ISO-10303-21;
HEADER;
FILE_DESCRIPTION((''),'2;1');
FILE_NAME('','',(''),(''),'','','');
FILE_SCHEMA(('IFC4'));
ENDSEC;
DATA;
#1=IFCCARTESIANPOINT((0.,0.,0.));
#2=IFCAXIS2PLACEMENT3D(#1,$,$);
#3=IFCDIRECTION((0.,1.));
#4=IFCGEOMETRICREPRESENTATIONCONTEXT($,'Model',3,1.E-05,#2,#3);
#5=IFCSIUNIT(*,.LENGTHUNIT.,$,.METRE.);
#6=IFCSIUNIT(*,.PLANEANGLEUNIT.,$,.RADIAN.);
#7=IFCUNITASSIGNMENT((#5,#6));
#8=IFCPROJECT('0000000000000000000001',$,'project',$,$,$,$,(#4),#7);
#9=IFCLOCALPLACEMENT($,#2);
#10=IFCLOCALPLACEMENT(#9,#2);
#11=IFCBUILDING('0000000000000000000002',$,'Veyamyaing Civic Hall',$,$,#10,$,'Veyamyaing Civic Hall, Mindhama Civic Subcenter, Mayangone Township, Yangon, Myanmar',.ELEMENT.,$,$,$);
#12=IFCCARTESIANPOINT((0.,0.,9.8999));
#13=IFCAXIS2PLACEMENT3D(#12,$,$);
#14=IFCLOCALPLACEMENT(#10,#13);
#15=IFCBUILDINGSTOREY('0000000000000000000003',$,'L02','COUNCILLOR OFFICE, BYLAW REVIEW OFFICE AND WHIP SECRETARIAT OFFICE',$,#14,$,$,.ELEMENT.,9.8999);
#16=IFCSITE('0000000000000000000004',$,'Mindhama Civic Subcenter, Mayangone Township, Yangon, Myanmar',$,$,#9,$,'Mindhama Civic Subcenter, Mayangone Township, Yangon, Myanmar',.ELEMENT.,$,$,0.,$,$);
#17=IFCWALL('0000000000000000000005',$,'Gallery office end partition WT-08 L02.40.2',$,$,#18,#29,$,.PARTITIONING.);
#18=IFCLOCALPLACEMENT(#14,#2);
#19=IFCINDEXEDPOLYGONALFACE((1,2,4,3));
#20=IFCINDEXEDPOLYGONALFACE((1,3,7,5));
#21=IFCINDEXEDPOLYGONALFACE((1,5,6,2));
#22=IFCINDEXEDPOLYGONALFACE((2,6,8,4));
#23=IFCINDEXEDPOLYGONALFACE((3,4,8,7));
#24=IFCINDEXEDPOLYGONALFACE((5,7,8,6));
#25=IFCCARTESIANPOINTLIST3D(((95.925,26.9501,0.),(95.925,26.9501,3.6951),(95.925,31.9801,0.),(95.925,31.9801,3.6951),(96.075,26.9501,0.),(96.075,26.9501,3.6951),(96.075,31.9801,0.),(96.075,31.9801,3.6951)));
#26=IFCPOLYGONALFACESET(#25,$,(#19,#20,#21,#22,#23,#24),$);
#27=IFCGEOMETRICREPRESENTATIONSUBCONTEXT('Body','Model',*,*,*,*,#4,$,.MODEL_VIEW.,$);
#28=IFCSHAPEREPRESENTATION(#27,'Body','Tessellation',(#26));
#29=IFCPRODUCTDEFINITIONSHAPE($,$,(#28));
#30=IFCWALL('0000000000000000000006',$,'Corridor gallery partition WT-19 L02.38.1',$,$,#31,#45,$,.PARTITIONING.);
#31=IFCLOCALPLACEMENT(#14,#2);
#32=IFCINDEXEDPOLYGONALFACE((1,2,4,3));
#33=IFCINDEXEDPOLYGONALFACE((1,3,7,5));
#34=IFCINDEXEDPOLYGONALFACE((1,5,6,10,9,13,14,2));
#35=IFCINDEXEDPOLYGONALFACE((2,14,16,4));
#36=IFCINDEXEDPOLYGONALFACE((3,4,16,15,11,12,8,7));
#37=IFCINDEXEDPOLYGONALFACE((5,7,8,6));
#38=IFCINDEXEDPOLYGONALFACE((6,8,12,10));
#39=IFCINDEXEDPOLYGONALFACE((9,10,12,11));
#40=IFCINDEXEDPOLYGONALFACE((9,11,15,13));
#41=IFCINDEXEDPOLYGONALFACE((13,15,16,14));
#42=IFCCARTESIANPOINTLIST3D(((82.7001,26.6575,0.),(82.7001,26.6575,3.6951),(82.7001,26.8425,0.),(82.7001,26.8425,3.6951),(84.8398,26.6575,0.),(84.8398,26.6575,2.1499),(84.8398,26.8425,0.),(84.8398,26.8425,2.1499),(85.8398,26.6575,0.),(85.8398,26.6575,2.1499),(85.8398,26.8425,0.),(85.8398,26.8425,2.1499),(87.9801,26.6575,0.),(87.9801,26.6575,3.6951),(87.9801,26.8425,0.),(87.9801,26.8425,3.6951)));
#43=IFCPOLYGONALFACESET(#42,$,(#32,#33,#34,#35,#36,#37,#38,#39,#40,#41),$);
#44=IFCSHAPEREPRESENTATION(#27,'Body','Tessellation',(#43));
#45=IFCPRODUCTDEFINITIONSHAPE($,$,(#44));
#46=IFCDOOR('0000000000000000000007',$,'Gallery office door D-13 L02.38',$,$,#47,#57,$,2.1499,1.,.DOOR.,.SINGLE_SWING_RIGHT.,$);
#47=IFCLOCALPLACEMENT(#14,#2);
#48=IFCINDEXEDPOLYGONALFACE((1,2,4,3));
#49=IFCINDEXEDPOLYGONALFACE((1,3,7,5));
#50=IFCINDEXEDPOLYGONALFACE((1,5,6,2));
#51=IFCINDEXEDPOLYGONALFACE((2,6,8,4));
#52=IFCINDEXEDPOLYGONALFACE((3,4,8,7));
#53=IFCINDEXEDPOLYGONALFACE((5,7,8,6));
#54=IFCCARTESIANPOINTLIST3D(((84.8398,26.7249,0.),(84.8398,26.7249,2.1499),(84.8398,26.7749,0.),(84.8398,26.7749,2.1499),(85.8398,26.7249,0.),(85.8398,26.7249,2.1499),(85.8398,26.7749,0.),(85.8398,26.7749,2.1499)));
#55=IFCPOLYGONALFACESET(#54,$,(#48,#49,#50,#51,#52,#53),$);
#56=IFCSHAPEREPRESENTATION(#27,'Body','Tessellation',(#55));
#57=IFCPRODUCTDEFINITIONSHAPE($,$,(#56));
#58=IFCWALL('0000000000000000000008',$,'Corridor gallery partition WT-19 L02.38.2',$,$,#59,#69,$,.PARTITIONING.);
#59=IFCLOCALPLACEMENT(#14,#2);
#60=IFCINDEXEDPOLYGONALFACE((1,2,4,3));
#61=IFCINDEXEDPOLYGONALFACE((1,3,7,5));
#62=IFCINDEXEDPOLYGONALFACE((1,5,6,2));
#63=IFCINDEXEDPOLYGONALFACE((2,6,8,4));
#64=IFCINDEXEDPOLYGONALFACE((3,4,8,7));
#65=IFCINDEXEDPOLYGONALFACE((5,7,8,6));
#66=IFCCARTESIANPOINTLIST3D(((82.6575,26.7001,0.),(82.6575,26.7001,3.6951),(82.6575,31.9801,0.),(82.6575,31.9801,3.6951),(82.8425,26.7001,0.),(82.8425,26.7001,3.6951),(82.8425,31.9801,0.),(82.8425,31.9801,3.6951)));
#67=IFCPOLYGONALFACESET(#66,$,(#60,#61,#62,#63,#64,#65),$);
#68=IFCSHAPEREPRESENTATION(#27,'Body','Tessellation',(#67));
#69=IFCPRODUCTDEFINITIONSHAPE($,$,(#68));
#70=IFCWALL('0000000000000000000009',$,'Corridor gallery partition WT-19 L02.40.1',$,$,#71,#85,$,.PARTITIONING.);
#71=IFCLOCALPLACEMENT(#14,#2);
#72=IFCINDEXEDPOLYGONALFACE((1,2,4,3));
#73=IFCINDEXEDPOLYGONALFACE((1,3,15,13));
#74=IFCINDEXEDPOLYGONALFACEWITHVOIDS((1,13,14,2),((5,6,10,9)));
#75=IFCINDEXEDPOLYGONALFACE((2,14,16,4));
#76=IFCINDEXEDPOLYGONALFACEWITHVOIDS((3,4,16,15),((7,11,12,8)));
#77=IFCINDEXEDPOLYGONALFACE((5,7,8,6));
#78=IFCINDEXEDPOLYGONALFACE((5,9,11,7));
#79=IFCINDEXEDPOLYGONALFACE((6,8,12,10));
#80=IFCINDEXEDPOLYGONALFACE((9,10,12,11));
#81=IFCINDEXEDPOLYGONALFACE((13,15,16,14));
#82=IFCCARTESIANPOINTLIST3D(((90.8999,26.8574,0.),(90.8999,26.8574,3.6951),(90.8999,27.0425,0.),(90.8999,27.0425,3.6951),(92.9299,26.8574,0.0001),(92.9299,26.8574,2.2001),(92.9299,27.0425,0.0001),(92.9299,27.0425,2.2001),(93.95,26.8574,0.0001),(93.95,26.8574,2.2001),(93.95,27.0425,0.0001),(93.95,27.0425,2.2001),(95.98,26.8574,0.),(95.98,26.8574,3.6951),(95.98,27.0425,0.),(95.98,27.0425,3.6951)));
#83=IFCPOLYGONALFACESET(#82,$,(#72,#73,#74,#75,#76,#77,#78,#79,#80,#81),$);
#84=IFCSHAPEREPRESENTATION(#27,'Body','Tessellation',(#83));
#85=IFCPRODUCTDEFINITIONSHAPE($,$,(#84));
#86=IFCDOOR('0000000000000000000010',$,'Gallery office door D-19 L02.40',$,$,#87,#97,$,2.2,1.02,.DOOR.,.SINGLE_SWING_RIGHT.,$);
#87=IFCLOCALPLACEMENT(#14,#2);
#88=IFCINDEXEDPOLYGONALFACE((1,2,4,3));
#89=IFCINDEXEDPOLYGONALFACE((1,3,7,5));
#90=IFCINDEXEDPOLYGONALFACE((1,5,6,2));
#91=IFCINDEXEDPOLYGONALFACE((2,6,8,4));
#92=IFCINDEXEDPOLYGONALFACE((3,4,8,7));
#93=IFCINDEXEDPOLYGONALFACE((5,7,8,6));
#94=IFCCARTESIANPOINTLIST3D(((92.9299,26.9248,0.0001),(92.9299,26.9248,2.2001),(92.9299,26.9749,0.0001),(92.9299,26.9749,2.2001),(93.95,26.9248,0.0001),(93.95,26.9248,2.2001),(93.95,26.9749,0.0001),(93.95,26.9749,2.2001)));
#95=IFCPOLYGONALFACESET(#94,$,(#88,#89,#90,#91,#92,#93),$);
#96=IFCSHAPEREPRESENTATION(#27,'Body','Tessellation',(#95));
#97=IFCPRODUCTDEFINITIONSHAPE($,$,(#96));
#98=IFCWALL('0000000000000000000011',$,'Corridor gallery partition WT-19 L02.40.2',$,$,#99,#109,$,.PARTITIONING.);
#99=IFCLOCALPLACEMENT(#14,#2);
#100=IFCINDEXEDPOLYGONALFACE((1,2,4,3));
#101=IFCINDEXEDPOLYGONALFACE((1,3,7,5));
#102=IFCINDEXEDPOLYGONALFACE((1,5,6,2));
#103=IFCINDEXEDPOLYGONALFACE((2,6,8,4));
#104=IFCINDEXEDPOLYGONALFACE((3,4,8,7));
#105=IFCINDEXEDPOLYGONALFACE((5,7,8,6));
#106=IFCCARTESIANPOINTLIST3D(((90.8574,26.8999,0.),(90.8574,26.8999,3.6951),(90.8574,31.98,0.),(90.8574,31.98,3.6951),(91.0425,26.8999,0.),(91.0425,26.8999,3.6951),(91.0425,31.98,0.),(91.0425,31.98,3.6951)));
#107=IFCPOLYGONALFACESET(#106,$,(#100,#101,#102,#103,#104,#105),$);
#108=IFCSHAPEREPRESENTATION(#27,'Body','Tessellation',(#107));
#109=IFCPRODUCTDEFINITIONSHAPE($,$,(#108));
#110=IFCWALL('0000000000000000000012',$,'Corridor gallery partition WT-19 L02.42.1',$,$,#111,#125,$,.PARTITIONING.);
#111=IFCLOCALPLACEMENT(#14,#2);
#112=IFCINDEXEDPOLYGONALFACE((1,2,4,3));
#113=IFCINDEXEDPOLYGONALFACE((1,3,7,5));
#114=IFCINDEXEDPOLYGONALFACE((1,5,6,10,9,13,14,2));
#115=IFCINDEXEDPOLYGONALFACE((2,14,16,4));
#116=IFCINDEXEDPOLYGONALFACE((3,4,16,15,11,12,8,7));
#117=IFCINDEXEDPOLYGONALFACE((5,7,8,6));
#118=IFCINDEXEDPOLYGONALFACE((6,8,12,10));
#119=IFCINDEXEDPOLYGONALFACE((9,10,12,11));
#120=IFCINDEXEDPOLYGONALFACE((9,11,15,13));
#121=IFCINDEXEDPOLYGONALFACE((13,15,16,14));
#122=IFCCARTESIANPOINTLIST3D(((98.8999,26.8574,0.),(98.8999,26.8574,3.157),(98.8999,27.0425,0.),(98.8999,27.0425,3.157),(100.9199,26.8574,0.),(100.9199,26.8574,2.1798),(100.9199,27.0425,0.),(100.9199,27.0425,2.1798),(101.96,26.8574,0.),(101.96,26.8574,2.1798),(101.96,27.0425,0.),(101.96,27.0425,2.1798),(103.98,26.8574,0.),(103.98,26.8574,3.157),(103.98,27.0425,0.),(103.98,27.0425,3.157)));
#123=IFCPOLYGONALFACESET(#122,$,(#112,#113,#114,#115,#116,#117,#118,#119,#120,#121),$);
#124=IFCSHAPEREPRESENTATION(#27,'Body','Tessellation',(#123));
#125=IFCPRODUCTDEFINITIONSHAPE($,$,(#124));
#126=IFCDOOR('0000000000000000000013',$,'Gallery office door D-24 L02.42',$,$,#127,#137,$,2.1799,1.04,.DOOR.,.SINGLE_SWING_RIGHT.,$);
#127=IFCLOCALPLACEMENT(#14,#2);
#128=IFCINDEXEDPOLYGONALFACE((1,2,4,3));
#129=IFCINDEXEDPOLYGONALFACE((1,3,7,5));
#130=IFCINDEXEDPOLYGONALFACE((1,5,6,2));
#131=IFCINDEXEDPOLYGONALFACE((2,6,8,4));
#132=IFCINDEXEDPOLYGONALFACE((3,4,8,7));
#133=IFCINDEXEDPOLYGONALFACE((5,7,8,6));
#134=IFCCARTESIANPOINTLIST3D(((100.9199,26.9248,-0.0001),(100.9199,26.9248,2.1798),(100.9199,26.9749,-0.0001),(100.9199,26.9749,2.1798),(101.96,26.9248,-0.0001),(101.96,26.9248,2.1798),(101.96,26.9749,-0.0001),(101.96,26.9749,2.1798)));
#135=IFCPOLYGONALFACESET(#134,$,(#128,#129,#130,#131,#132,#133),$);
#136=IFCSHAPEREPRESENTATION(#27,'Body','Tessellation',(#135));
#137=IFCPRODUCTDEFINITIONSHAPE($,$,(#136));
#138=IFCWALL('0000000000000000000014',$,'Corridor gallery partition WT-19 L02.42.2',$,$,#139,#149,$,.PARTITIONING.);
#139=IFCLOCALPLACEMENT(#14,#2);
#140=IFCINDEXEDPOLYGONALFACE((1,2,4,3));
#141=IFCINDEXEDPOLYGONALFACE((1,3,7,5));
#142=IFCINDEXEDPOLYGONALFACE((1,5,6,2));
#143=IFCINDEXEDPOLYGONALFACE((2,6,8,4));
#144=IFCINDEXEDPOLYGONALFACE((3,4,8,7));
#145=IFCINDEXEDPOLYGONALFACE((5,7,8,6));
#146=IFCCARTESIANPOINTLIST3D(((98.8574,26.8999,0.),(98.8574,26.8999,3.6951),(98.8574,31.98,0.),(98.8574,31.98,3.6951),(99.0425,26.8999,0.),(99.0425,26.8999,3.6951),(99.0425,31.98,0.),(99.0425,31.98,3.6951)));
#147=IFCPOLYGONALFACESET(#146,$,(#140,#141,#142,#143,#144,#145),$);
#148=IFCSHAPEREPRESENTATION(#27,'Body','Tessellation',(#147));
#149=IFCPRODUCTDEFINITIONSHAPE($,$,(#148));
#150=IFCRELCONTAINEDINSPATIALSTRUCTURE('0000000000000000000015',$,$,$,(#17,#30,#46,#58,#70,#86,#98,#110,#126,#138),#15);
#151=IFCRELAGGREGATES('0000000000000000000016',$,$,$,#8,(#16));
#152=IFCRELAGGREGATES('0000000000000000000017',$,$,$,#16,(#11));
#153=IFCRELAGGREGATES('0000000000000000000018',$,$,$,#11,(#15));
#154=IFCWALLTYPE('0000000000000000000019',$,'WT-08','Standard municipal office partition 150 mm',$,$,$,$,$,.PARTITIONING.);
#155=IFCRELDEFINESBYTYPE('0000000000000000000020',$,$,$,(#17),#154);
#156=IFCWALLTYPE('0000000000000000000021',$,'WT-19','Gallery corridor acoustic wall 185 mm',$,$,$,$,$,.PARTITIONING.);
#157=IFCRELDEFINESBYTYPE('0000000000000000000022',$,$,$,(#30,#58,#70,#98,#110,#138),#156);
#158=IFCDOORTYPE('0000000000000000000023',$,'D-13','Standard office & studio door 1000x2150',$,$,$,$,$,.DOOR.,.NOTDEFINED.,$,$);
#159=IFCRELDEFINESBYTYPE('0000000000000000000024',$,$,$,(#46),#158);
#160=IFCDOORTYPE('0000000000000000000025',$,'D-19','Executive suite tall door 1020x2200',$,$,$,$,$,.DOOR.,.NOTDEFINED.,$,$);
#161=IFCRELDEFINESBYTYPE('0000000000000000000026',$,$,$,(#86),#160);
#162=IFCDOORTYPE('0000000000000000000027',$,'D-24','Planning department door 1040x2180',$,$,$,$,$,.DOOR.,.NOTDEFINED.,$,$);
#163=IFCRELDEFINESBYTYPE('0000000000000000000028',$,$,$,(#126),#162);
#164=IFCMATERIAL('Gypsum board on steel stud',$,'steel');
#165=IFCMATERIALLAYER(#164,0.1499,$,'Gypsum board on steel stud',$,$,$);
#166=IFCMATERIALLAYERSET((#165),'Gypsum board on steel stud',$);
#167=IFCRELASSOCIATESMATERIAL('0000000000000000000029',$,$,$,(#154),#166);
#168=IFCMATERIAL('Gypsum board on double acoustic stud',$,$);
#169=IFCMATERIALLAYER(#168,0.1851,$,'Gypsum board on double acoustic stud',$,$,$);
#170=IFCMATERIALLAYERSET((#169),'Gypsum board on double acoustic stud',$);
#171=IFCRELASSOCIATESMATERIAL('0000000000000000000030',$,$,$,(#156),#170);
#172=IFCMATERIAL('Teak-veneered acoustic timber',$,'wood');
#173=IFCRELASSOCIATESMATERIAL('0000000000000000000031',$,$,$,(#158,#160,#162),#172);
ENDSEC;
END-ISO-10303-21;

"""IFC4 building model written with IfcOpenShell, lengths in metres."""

from ifc_helpers import new_model, si_unit, direction, frame, frame_2d, origin, place, context, subcontext, project, spatial, rectangle, extrude, material, layer, layer_set, type_object, element, fill, save


model = new_model("IFC4")

# Units and contexts
model_context = context("Model", 3, precision=1e-05, world=origin(), true_north=direction((0.0, 1.0)))
body_context = subcontext(model_context, "Body", "Model", "MODEL_VIEW")
ifc_project = project(units=[si_unit("LENGTHUNIT", "METRE"), si_unit("PLANEANGLEUNIT", "RADIAN")], contexts=[model_context])

# Site, building, storey
site_placement = place(None, origin())
site = spatial("IfcSite", under=ifc_project, at=site_placement, Name="Mindhama Civic Subcenter, Mayangone Township, Yangon, Myanmar", LongName="Mindhama Civic Subcenter, Mayangone Township, Yangon, Myanmar", CompositionType="ELEMENT", RefElevation=0.0)
building_placement = place(site_placement, origin())
building = spatial("IfcBuilding", under=site, at=building_placement, Name="Veyamyaing Civic Hall", LongName="Veyamyaing Civic Hall, Mindhama Civic Subcenter, Mayangone Township, Yangon, Myanmar", CompositionType="ELEMENT")
storey_placement = place(building_placement, frame((0.0, 0.0, 9.8999)))
storey = spatial("IfcBuildingStorey", under=building, at=storey_placement, Name="L02", Description="COUNCILLOR OFFICE, BYLAW REVIEW OFFICE AND WHIP SECRETARIAT OFFICE", CompositionType="ELEMENT", Elevation=9.8999)

# Shared definitions
ifc_material_1 = material(Name="Teak-veneered acoustic timber", Category="wood")

# Wall
ifc_material_2 = material(Name="Gypsum board on steel stud", Category="steel")
ifc_layer_1 = layer(ifc_material_2, 0.1499, Name="Gypsum board on steel stud")
ifc_layer_set_1 = layer_set([ifc_layer_1], Name="Gypsum board on steel stud")
wall_type_1 = type_object("IfcWallType", Name="WT-08", Description="Standard municipal office partition 150 mm", PredefinedType="PARTITIONING", material=ifc_layer_set_1)
wall_1_placement = place(storey_placement, frame((96.0, 26.95, 0.0), z_axis=(0.0, 0.0, 1.0), x_axis=(0.0, 1.0, 0.0)))
element("IfcWall", 1, at=wall_1_placement, inside=storey, type_object=wall_type_1, Name="Gallery office end partition WT-08 L02.40.2", PredefinedType="PARTITIONING", context=body_context, shape_type="SweptSolid", body=[
    extrude(rectangle(XDim=5.03, YDim=0.1499, at=frame_2d((2.5151, 0.0))), origin(), (0.0, 0.0, 1.0), 3.6951),
])

# Wall, opening, door
ifc_material_3 = material(Name="Gypsum board on double acoustic stud")
ifc_layer_2 = layer(ifc_material_3, 0.1851, Name="Gypsum board on double acoustic stud")
ifc_layer_set_2 = layer_set([ifc_layer_2], Name="Gypsum board on double acoustic stud")
wall_type_2 = type_object("IfcWallType", Name="WT-19", Description="Gallery corridor acoustic wall 185 mm", PredefinedType="PARTITIONING", material=ifc_layer_set_2)
wall_2_placement = place(storey_placement, frame((82.7, 26.75, 0.0), z_axis=(0.0, 0.0, 1.0), x_axis=(1.0, 0.0, 0.0)))
wall_2 = element("IfcWall", 2, at=wall_2_placement, inside=storey, type_object=wall_type_2, Name="Corridor gallery partition WT-19 L02.38.1", PredefinedType="PARTITIONING", context=body_context, shape_type="SweptSolid", body=[
    extrude(rectangle(XDim=5.28, YDim=0.1851, at=frame_2d((2.6401, 0.0))), origin(), (0.0, 0.0, 1.0), 3.6951),
])
opening_1_placement = place(wall_2_placement, frame((2.1399, 0.0, 0.0)))
opening_1 = element("IfcOpeningElement", 3, at=opening_1_placement, cuts=wall_2, PredefinedType="OPENING", context=body_context, shape_type="SweptSolid", body=[
    extrude(rectangle(XDim=1.0, YDim=2.1499, at=frame_2d((0.5, 1.075))), frame((0.0, 0.1025, 0.0), z_axis=(0.0, -1.0, 0.0), x_axis=(1.0, 0.0, 0.0)), (0.0, 0.0, 1.0), 0.2051),
])
door_type_1 = type_object("IfcDoorType", Name="D-13", Description="Standard office & studio door 1000x2150", OperationType="NOTDEFINED", PredefinedType="DOOR", material=ifc_material_1)
door_1_placement = place(opening_1_placement, origin())
door_1 = element("IfcDoor", 4, at=door_1_placement, inside=storey, type_object=door_type_1, Name="Gallery office door D-13 L02.38", OperationType="SINGLE_SWING_RIGHT", OverallHeight=2.1499, OverallWidth=1.0, PredefinedType="DOOR", context=body_context, shape_type="SweptSolid", body=[
    extrude(rectangle(XDim=1.0, YDim=2.1499, at=frame_2d((0.5, 1.075))), frame((0.0, 0.0249, 0.0), z_axis=(0.0, -1.0, 0.0), x_axis=(1.0, 0.0, 0.0)), (0.0, 0.0, 1.0), 0.05),
])
fill(opening_1, door_1)

# Wall
wall_3_placement = place(storey_placement, frame((82.75, 26.7, 0.0), z_axis=(0.0, 0.0, 1.0), x_axis=(0.0, 1.0, 0.0)))
element("IfcWall", 5, at=wall_3_placement, inside=storey, type_object=wall_type_2, Name="Corridor gallery partition WT-19 L02.38.2", PredefinedType="PARTITIONING", context=body_context, shape_type="SweptSolid", body=[
    extrude(rectangle(XDim=5.28, YDim=0.1851, at=frame_2d((2.6401, 0.0))), origin(), (0.0, 0.0, 1.0), 3.6951),
])

# Wall, opening, door
wall_4_placement = place(storey_placement, frame((90.8999, 26.95, 0.0), z_axis=(0.0, 0.0, 1.0), x_axis=(1.0, 0.0, 0.0)))
wall_4 = element("IfcWall", 6, at=wall_4_placement, inside=storey, type_object=wall_type_2, Name="Corridor gallery partition WT-19 L02.40.1", PredefinedType="PARTITIONING", context=body_context, shape_type="SweptSolid", body=[
    extrude(rectangle(XDim=5.0801, YDim=0.1851, at=frame_2d((2.54, 0.0))), origin(), (0.0, 0.0, 1.0), 3.6951),
])
opening_2_placement = place(wall_4_placement, frame((2.03, 0.0, 0.0)))
opening_2 = element("IfcOpeningElement", 7, at=opening_2_placement, cuts=wall_4, PredefinedType="OPENING", context=body_context, shape_type="SweptSolid", body=[
    extrude(rectangle(XDim=1.02, YDim=2.2, at=frame_2d((0.51, 1.1001))), frame((0.0, 0.1025, 0.0), z_axis=(0.0, -1.0, 0.0), x_axis=(1.0, 0.0, 0.0)), (0.0, 0.0, 1.0), 0.2051),
])
door_type_2 = type_object("IfcDoorType", Name="D-19", Description="Executive suite tall door 1020x2200", OperationType="NOTDEFINED", PredefinedType="DOOR", material=ifc_material_1)
door_2_placement = place(opening_2_placement, origin())
door_2 = element("IfcDoor", 8, at=door_2_placement, inside=storey, type_object=door_type_2, Name="Gallery office door D-19 L02.40", OperationType="SINGLE_SWING_RIGHT", OverallHeight=2.2, OverallWidth=1.02, PredefinedType="DOOR", context=body_context, shape_type="SweptSolid", body=[
    extrude(rectangle(XDim=1.02, YDim=2.2, at=frame_2d((0.51, 1.1001))), frame((0.0, 0.0249, 0.0), z_axis=(0.0, -1.0, 0.0), x_axis=(1.0, 0.0, 0.0)), (0.0, 0.0, 1.0), 0.05),
])
fill(opening_2, door_2)

# Wall
wall_5_placement = place(storey_placement, frame((90.95, 26.8999, 0.0), z_axis=(0.0, 0.0, 1.0), x_axis=(0.0, 1.0, 0.0)))
element("IfcWall", 9, at=wall_5_placement, inside=storey, type_object=wall_type_2, Name="Corridor gallery partition WT-19 L02.40.2", PredefinedType="PARTITIONING", context=body_context, shape_type="SweptSolid", body=[
    extrude(rectangle(XDim=5.0801, YDim=0.1851, at=frame_2d((2.54, 0.0))), origin(), (0.0, 0.0, 1.0), 3.6951),
])

# Wall, opening, door
wall_6_placement = place(storey_placement, frame((98.8999, 26.95, 0.0), z_axis=(0.0, 0.0, 1.0), x_axis=(1.0, 0.0, 0.0)))
wall_6 = element("IfcWall", 10, at=wall_6_placement, inside=storey, type_object=wall_type_2, Name="Corridor gallery partition WT-19 L02.42.1", PredefinedType="PARTITIONING", context=body_context, shape_type="SweptSolid", body=[
    extrude(rectangle(XDim=5.0801, YDim=0.1851, at=frame_2d((2.54, 0.0))), origin(), (0.0, 0.0, 1.0), 3.157),
])
opening_3_placement = place(wall_6_placement, frame((2.02, 0.0, 0.0)))
opening_3 = element("IfcOpeningElement", 11, at=opening_3_placement, cuts=wall_6, PredefinedType="OPENING", context=body_context, shape_type="SweptSolid", body=[
    extrude(rectangle(XDim=1.04, YDim=2.1799, at=frame_2d((0.52, 1.0898))), frame((0.0, 0.1025, 0.0), z_axis=(0.0, -1.0, 0.0), x_axis=(1.0, 0.0, 0.0)), (0.0, 0.0, 1.0), 0.2051),
])
door_type_3 = type_object("IfcDoorType", Name="D-24", Description="Planning department door 1040x2180", OperationType="NOTDEFINED", PredefinedType="DOOR", material=ifc_material_1)
door_3_placement = place(opening_3_placement, origin())
door_3 = element("IfcDoor", 12, at=door_3_placement, inside=storey, type_object=door_type_3, Name="Gallery office door D-24 L02.42", OperationType="SINGLE_SWING_RIGHT", OverallHeight=2.1799, OverallWidth=1.04, PredefinedType="DOOR", context=body_context, shape_type="SweptSolid", body=[
    extrude(rectangle(XDim=1.04, YDim=2.1799, at=frame_2d((0.52, 1.0898))), frame((0.0, 0.0249, 0.0), z_axis=(0.0, -1.0, 0.0), x_axis=(1.0, 0.0, 0.0)), (0.0, 0.0, 1.0), 0.05),
])
fill(opening_3, door_3)

# Wall
wall_7_placement = place(storey_placement, frame((98.95, 26.8999, 0.0), z_axis=(0.0, 0.0, 1.0), x_axis=(0.0, 1.0, 0.0)))
element("IfcWall", 13, at=wall_7_placement, inside=storey, type_object=wall_type_2, Name="Corridor gallery partition WT-19 L02.42.2", PredefinedType="PARTITIONING", context=body_context, shape_type="SweptSolid", body=[
    extrude(rectangle(XDim=5.0801, YDim=0.1851, at=frame_2d((2.54, 0.0))), origin(), (0.0, 0.0, 1.0), 3.6951),
])

save(model, "model.ifc")
